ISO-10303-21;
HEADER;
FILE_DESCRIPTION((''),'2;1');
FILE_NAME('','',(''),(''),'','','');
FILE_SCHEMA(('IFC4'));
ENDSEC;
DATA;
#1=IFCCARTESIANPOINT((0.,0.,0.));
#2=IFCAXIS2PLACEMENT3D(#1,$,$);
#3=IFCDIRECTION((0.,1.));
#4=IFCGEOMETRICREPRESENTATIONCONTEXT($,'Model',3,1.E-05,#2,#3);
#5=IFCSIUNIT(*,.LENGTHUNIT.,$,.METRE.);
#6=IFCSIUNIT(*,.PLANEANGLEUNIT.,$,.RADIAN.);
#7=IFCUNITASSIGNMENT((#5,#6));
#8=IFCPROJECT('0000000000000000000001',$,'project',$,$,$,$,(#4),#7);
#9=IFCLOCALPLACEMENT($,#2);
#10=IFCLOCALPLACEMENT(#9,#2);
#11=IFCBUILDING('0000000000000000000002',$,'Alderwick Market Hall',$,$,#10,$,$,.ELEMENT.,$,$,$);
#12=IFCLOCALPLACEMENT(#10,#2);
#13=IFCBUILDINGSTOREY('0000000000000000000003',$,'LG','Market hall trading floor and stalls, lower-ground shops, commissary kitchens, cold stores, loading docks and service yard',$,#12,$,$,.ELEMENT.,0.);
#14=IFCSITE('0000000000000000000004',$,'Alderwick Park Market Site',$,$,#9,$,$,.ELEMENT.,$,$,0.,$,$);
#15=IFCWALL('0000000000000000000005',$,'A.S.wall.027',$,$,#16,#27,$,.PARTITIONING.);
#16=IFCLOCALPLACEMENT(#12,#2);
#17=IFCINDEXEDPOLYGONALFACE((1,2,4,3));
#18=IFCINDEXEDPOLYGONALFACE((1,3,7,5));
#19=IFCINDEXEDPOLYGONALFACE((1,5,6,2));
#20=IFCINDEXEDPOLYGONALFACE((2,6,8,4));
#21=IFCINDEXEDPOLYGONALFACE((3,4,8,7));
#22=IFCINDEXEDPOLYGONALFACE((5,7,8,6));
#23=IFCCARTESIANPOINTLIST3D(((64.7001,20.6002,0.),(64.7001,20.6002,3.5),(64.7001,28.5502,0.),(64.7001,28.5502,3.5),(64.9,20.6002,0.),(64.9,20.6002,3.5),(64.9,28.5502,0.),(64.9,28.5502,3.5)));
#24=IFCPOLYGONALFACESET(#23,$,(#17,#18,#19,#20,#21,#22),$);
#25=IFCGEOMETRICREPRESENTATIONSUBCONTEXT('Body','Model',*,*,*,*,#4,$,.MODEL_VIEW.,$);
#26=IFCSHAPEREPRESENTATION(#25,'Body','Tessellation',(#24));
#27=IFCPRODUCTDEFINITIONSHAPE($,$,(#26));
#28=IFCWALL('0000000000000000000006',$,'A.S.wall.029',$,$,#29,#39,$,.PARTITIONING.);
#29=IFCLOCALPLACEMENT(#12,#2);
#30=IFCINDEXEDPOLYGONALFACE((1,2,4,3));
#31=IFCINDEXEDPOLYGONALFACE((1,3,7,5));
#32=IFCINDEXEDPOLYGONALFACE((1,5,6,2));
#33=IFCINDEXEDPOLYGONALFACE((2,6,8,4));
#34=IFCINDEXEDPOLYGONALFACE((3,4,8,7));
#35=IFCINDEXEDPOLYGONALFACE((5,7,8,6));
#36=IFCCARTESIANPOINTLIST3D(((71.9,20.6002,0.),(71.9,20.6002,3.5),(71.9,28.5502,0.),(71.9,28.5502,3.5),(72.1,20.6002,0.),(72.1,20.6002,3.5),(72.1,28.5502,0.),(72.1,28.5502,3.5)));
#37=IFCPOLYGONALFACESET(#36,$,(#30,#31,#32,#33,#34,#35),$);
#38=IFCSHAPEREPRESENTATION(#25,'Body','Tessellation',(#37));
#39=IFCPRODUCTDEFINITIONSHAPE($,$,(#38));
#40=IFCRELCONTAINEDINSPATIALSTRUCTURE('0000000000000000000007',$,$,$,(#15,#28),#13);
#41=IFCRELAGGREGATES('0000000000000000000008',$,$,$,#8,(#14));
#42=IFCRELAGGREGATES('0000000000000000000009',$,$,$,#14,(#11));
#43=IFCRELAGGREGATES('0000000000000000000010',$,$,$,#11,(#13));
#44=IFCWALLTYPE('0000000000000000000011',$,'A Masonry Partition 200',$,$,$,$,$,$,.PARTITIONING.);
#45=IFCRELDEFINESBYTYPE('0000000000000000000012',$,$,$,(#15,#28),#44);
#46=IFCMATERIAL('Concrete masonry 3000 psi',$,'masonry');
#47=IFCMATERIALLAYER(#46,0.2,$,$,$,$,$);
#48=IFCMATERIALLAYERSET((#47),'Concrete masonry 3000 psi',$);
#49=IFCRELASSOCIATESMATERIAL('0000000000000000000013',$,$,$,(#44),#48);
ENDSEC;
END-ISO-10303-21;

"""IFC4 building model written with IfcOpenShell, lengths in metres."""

from ifc_helpers import new_model, si_unit, direction, frame, frame_2d, origin, place, context, subcontext, project, spatial, rectangle, extrude, material, layer, layer_set, type_object, element, save


model = new_model("IFC4")

# Units and contexts
model_context = context("Model", 3, precision=1e-05, world=origin(), true_north=direction((0.0, 1.0)))
body_context = subcontext(model_context, "Body", "Model", "MODEL_VIEW")
ifc_project = project(units=[si_unit("LENGTHUNIT", "METRE"), si_unit("PLANEANGLEUNIT", "RADIAN")], contexts=[model_context])

# Site, building, storey
site_placement = place(None, origin())
site = spatial("IfcSite", under=ifc_project, at=site_placement, Name="Alderwick Park Market Site", CompositionType="ELEMENT", RefElevation=0.0)
building_placement = place(site_placement, origin())
building = spatial("IfcBuilding", under=site, at=building_placement, Name="Alderwick Market Hall", CompositionType="ELEMENT")
storey_placement = place(building_placement, origin())
storey = spatial("IfcBuildingStorey", under=building, at=storey_placement, Name="LG", Description="Market hall trading floor and stalls, lower-ground shops, commissary kitchens, cold stores, loading docks and service yard", CompositionType="ELEMENT", Elevation=0.0)

# Shared definitions
ifc_material_1 = material(Name="Concrete masonry 3000 psi", Category="masonry")
ifc_layer = layer(ifc_material_1, 0.2)
ifc_layer_set = layer_set([ifc_layer], Name="Concrete masonry 3000 psi")
wall_type = type_object("IfcWallType", Name="A Masonry Partition 200", PredefinedType="PARTITIONING", material=ifc_layer_set)

# Walls
for number, where, z_axis, x_axis, name in (
    (1, (64.8, 20.6001, 0.0), (0.0, 0.0, 1.0), (0.0, 1.0, 0.0), "A.S.wall.027"),
    (2, (72.0, 20.6001, 0.0), (0.0, 0.0, 1.0), (0.0, 1.0, 0.0), "A.S.wall.029"),
):
    element("IfcWall", number, at=place(storey_placement, frame(where, z_axis=z_axis, x_axis=x_axis)), inside=storey, type_object=wall_type, Name=name, PredefinedType="PARTITIONING", context=body_context, shape_type="SweptSolid", body=[
        extrude(rectangle(XDim=7.95, YDim=0.2, at=frame_2d((3.9751, 0.0))), origin(), (0.0, 0.0, 1.0), 3.5),
    ])

save(model, "model.ifc")
